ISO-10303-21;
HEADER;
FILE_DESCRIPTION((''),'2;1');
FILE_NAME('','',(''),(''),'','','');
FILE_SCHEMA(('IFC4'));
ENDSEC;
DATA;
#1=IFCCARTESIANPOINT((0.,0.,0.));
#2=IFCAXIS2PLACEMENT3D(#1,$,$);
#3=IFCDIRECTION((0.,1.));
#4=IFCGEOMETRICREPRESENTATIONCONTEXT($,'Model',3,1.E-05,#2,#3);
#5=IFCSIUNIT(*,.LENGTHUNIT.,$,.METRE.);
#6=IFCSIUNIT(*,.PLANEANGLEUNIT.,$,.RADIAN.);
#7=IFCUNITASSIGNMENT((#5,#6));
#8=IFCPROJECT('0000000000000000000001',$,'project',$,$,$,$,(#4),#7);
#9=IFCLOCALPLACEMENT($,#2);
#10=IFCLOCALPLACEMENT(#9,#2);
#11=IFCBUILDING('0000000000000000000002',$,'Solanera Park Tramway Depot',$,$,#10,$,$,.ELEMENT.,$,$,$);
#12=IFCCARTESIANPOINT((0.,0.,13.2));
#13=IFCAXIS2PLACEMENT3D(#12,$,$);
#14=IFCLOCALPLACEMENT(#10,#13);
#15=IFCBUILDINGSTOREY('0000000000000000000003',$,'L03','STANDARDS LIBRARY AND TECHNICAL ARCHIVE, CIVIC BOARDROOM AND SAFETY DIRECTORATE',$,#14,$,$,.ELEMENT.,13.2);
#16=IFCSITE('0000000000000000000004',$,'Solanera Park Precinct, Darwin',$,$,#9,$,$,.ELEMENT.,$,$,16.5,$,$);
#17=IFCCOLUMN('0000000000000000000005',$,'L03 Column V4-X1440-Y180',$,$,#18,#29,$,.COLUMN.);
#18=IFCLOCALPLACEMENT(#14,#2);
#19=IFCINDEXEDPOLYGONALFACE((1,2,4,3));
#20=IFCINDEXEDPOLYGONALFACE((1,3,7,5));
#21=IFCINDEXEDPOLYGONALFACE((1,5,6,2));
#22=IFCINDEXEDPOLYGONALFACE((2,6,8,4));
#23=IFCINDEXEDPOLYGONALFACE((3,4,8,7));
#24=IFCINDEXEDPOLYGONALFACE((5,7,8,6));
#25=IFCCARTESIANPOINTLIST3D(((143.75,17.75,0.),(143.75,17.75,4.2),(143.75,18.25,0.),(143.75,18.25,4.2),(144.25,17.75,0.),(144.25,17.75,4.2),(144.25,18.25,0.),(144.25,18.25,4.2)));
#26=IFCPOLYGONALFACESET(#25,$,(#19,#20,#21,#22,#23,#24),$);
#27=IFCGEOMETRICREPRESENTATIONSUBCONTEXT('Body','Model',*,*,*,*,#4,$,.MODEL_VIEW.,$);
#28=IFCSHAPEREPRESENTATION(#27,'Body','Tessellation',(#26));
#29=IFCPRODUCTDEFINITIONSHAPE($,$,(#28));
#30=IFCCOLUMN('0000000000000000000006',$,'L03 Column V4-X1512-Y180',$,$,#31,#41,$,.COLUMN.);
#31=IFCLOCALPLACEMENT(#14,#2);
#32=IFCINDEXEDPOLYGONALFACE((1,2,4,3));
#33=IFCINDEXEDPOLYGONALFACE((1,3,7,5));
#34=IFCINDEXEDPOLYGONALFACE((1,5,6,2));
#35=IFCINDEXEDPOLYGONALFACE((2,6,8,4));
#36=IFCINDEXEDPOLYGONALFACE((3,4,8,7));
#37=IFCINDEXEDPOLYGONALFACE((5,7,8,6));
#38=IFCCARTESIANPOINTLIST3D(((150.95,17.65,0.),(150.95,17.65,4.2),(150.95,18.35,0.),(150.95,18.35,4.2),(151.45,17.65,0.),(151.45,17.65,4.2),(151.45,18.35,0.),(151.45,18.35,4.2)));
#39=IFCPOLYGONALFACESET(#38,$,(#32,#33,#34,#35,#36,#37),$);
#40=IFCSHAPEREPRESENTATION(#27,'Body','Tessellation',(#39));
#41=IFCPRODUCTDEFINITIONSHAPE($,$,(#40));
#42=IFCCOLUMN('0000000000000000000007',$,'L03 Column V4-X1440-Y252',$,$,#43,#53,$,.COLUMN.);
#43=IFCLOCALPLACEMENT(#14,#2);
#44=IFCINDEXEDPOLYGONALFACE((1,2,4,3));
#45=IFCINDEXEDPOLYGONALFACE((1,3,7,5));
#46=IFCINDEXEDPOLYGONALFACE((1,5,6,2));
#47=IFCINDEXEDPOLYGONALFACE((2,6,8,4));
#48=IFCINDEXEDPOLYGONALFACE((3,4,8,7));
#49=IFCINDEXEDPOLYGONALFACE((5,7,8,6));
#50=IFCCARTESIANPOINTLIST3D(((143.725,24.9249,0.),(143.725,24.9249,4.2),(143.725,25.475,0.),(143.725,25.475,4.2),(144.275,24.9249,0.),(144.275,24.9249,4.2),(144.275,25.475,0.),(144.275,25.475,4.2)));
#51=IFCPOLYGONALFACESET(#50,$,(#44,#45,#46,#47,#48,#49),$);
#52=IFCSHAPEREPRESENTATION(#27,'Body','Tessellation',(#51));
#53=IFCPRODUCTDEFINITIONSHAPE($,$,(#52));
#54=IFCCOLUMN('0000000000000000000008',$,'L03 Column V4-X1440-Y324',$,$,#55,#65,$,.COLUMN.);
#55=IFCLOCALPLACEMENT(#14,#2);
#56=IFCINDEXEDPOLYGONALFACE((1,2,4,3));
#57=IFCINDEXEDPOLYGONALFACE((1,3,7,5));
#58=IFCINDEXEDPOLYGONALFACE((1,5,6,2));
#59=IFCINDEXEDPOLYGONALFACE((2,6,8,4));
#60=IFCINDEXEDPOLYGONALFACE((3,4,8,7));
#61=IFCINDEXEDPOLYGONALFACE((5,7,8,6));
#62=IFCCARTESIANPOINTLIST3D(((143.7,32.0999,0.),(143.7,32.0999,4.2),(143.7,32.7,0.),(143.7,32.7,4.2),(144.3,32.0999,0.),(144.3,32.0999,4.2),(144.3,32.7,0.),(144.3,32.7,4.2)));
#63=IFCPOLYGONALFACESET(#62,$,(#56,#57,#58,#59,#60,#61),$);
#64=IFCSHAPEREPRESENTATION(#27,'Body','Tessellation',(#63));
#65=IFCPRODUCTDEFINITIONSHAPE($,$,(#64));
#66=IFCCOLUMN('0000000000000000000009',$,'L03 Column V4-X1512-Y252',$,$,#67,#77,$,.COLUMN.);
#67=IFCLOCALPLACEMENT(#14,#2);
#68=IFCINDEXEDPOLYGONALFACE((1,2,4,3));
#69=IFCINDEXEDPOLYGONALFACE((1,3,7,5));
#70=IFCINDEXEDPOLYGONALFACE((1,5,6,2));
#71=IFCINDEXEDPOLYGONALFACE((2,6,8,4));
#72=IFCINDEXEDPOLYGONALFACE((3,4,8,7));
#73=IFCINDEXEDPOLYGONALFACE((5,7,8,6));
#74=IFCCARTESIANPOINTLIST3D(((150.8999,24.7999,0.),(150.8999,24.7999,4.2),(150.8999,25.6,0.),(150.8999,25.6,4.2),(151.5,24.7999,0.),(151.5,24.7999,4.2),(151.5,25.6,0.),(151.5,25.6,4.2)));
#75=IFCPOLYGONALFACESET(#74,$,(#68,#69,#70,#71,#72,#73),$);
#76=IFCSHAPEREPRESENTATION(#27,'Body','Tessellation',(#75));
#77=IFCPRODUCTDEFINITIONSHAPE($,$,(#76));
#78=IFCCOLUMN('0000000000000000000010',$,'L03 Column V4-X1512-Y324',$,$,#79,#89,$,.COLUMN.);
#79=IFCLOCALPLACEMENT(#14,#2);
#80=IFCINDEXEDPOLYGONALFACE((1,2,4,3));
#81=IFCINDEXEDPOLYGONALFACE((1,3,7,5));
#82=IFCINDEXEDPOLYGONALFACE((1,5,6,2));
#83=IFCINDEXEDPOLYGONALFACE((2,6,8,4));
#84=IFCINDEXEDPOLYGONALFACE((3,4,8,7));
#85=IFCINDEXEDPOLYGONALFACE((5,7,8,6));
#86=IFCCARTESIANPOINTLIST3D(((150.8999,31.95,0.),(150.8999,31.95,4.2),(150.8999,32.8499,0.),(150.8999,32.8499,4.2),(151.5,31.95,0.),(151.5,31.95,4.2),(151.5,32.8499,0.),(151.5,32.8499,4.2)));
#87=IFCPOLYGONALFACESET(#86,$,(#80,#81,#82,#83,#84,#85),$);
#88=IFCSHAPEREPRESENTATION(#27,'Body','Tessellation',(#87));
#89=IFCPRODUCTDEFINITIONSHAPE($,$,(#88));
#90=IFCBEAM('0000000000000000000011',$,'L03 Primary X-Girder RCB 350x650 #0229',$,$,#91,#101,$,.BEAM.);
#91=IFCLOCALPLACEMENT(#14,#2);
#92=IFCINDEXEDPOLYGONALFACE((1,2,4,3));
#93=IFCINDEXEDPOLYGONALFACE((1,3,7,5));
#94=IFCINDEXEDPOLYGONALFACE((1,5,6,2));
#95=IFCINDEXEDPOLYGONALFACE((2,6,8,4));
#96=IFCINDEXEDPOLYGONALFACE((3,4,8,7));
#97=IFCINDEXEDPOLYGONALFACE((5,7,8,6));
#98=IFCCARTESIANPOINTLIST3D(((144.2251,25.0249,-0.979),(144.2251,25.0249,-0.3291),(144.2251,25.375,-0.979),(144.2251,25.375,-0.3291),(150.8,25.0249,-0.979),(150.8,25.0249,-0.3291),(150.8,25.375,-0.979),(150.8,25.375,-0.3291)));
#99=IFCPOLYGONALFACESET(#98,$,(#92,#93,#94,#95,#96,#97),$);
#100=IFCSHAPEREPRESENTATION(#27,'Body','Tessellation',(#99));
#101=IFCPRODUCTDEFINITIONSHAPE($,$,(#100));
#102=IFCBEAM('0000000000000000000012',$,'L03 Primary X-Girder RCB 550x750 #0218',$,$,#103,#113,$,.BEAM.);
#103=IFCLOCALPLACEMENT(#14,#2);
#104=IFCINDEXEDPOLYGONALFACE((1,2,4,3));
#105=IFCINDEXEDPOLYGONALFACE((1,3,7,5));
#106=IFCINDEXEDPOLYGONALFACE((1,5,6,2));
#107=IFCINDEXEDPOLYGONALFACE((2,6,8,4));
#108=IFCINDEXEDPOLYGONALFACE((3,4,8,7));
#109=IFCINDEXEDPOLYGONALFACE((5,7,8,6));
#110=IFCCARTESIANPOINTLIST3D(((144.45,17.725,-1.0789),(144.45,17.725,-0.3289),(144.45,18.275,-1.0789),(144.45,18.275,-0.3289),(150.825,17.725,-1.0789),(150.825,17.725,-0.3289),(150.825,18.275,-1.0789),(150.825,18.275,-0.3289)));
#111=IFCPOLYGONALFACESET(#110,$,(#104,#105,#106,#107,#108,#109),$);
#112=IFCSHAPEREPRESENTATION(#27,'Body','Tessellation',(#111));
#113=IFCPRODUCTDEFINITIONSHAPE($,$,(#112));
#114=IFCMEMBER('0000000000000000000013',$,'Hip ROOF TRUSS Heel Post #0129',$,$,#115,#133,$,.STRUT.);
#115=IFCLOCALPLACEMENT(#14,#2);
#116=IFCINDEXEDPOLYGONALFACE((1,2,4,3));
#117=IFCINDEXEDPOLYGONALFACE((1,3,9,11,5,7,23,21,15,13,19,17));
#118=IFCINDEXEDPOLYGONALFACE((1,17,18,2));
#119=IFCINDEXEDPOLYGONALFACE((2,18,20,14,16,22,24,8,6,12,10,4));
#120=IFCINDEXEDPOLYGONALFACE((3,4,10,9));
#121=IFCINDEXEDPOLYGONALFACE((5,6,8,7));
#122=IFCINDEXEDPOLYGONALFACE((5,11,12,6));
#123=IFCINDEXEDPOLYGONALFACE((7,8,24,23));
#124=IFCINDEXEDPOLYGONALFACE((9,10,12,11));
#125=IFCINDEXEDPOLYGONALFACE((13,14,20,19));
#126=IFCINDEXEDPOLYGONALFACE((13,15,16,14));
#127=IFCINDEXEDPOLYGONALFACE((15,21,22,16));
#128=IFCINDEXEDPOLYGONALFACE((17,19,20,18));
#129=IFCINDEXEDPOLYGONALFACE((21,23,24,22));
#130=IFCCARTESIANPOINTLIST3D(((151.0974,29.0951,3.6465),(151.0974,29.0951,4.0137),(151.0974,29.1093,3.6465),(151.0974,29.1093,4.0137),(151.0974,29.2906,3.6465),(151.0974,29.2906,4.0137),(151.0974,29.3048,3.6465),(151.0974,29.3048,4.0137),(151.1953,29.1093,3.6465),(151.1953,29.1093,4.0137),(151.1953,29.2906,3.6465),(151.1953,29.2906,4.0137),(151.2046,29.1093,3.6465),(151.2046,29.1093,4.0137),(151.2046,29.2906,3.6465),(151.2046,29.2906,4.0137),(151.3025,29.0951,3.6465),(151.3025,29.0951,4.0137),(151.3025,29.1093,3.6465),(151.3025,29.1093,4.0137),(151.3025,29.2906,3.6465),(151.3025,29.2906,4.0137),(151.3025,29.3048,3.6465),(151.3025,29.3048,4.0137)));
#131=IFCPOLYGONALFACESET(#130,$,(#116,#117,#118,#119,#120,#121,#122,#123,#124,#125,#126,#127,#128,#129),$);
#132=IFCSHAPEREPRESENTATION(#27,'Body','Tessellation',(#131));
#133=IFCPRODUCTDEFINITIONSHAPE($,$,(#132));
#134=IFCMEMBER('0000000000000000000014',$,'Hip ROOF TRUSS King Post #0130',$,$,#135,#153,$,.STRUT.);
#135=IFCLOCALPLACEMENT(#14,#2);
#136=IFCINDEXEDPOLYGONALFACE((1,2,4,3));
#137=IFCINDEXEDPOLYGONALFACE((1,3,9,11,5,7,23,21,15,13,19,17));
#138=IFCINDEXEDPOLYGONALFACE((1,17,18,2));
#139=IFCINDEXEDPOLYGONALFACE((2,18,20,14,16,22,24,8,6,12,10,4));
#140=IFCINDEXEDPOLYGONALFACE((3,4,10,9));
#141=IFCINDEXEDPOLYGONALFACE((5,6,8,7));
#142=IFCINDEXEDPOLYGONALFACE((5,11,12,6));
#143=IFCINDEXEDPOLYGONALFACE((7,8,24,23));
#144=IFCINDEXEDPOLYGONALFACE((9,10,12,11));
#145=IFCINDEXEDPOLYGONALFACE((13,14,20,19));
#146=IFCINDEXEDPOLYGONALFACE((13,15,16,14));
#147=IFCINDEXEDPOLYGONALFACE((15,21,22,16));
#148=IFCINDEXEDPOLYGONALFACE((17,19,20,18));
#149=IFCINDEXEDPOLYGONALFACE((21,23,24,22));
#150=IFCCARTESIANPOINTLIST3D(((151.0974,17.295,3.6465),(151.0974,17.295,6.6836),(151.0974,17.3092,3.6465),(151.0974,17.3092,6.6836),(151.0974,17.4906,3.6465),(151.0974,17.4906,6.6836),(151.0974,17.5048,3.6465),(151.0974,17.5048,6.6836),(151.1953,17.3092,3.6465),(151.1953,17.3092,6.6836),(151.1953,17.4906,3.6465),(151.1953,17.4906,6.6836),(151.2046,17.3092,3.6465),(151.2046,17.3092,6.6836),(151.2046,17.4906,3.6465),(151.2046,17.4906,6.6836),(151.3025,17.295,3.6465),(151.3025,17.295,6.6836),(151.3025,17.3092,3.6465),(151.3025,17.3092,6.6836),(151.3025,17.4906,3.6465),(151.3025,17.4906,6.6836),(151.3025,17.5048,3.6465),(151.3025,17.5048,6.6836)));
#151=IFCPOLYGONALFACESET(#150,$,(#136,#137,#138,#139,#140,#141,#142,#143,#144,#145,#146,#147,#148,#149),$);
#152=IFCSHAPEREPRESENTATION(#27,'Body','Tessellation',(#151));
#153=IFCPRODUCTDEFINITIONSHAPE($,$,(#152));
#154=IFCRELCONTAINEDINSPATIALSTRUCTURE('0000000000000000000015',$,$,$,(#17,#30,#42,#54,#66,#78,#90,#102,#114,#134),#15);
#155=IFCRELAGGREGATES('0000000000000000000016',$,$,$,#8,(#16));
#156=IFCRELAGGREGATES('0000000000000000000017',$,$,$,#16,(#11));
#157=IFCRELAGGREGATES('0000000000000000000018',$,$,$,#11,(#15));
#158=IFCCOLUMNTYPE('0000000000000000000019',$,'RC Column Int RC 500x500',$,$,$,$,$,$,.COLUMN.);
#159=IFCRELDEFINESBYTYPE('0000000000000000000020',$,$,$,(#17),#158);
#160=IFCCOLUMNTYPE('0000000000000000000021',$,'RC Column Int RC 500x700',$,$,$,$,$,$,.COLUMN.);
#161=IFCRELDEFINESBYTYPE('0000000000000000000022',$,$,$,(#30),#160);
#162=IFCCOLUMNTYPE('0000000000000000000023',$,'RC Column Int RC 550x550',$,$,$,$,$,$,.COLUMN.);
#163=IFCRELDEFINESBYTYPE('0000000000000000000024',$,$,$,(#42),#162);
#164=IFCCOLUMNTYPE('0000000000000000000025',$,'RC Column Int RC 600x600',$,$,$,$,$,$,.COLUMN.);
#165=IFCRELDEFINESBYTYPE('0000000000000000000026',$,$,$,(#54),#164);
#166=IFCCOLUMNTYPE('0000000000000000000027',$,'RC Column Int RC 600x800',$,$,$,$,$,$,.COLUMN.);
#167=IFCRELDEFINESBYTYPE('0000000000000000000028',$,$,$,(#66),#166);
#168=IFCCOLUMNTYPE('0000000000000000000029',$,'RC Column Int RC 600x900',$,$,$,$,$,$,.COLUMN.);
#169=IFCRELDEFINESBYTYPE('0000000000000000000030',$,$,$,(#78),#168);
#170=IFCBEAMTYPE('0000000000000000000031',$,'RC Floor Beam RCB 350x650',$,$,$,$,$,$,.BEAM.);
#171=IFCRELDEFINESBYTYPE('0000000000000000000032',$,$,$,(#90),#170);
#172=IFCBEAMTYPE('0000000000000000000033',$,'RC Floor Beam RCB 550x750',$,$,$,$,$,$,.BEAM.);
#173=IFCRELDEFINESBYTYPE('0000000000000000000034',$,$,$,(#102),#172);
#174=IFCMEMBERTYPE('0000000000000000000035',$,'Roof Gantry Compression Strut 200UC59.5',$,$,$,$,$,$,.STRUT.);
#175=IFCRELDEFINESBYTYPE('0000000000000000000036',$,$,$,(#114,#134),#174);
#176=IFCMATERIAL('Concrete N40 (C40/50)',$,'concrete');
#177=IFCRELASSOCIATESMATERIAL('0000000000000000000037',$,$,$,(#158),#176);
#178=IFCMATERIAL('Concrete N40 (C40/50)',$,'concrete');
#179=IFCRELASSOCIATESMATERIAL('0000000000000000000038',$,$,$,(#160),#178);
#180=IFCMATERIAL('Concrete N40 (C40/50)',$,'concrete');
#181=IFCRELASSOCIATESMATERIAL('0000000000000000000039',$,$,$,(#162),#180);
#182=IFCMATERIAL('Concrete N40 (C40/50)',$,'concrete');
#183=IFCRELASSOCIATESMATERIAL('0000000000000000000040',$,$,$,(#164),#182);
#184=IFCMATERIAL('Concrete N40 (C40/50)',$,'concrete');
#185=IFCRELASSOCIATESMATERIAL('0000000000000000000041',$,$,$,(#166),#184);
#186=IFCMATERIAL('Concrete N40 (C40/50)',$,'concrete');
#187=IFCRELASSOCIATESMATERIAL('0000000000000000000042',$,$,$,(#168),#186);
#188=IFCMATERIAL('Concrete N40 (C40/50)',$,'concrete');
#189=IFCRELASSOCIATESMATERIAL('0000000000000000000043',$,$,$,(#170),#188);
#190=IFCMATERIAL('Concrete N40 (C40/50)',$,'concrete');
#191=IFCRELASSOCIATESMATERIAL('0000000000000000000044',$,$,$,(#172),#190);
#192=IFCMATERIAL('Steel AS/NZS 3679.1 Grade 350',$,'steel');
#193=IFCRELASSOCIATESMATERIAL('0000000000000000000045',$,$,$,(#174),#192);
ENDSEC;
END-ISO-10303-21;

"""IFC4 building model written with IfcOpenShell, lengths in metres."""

from ifc_helpers import new_model, si_unit, direction, frame, origin, origin_2d, place, context, subcontext, project, spatial, rectangle, i_section, extrude, material, material_profile, profile_set, type_object, element, save


model = new_model("IFC4")

# Units and contexts
model_context = context("Model", 3, precision=1e-05, world=origin(), true_north=direction((0.0, 1.0)))
body_context = subcontext(model_context, "Body", "Model", "MODEL_VIEW")
ifc_project = project(units=[si_unit("LENGTHUNIT", "METRE"), si_unit("PLANEANGLEUNIT", "RADIAN")], contexts=[model_context])

# Site, building, storey
site_placement = place(None, origin())
site = spatial("IfcSite", under=ifc_project, at=site_placement, Name="Solanera Park Precinct, Darwin", CompositionType="ELEMENT", RefElevation=16.5)
building_placement = place(site_placement, origin())
building = spatial("IfcBuilding", under=site, at=building_placement, Name="Solanera Park Tramway Depot", CompositionType="ELEMENT")
storey_placement = place(building_placement, frame((0.0, 0.0, 13.2)))
storey = spatial("IfcBuildingStorey", under=building, at=storey_placement, Name="L03", Description="STANDARDS LIBRARY AND TECHNICAL ARCHIVE, CIVIC BOARDROOM AND SAFETY DIRECTORATE", CompositionType="ELEMENT", Elevation=13.2)

# Columns
ifc_material_1 = material(Name="Concrete N40 (C40/50)", Category="concrete")
ifc_material_profile_1 = material_profile(ifc_material_1, rectangle(XDim=0.5, YDim=0.5, at=origin_2d()), Name="RC 500x500")
ifc_profile_set_1 = profile_set([ifc_material_profile_1], Name="Concrete N40 (C40/50)")
column_type_1 = type_object("IfcColumnType", Name="RC Column Int RC 500x500", PredefinedType="COLUMN", material=ifc_profile_set_1)
column_1_placement = place(storey_placement, frame((144.0, 18.0, 0.0), z_axis=(0.0, 0.0, 1.0), x_axis=(1.0, 0.0, 0.0)))
element("IfcColumn", 1, at=column_1_placement, inside=storey, type_object=column_type_1, Name="L03 Column V4-X1440-Y180", PredefinedType="COLUMN", context=body_context, shape_type="SweptSolid", body=[
    extrude(rectangle(XDim=0.5, YDim=0.5, at=origin_2d()), origin(), (0.0, 0.0, 1.0), 4.2),
])
ifc_material_2 = material(Name="Concrete N40 (C40/50)", Category="concrete")
ifc_material_profile_2 = material_profile(ifc_material_2, rectangle(XDim=0.5, YDim=0.7, at=origin_2d()), Name="RC 500x700")
ifc_profile_set_2 = profile_set([ifc_material_profile_2], Name="Concrete N40 (C40/50)")
column_type_2 = type_object("IfcColumnType", Name="RC Column Int RC 500x700", PredefinedType="COLUMN", material=ifc_profile_set_2)
column_2_placement = place(storey_placement, frame((151.2, 18.0, 0.0), z_axis=(0.0, 0.0, 1.0), x_axis=(1.0, 0.0, 0.0)))
element("IfcColumn", 2, at=column_2_placement, inside=storey, type_object=column_type_2, Name="L03 Column V4-X1512-Y180", PredefinedType="COLUMN", context=body_context, shape_type="SweptSolid", body=[
    extrude(rectangle(XDim=0.5, YDim=0.7, at=origin_2d()), origin(), (0.0, 0.0, 1.0), 4.2),
])
ifc_material_3 = material(Name="Concrete N40 (C40/50)", Category="concrete")
ifc_material_profile_3 = material_profile(ifc_material_3, rectangle(XDim=0.55, YDim=0.55, at=origin_2d()), Name="RC 550x550")
ifc_profile_set_3 = profile_set([ifc_material_profile_3], Name="Concrete N40 (C40/50)")
column_type_3 = type_object("IfcColumnType", Name="RC Column Int RC 550x550", PredefinedType="COLUMN", material=ifc_profile_set_3)
column_3_placement = place(storey_placement, frame((144.0, 25.2, 0.0), z_axis=(0.0, 0.0, 1.0), x_axis=(1.0, 0.0, 0.0)))
element("IfcColumn", 3, at=column_3_placement, inside=storey, type_object=column_type_3, Name="L03 Column V4-X1440-Y252", PredefinedType="COLUMN", context=body_context, shape_type="SweptSolid", body=[
    extrude(rectangle(XDim=0.55, YDim=0.55, at=origin_2d()), origin(), (0.0, 0.0, 1.0), 4.2),
])
ifc_material_4 = material(Name="Concrete N40 (C40/50)", Category="concrete")
ifc_material_profile_4 = material_profile(ifc_material_4, rectangle(XDim=0.6001, YDim=0.6001, at=origin_2d()), Name="RC 600x600")
ifc_profile_set_4 = profile_set([ifc_material_profile_4], Name="Concrete N40 (C40/50)")
column_type_4 = type_object("IfcColumnType", Name="RC Column Int RC 600x600", PredefinedType="COLUMN", material=ifc_profile_set_4)
column_4_placement = place(storey_placement, frame((144.0, 32.3999, 0.0), z_axis=(0.0, 0.0, 1.0), x_axis=(1.0, 0.0, 0.0)))
element("IfcColumn", 4, at=column_4_placement, inside=storey, type_object=column_type_4, Name="L03 Column V4-X1440-Y324", PredefinedType="COLUMN", context=body_context, shape_type="SweptSolid", body=[
    extrude(rectangle(XDim=0.6001, YDim=0.6001, at=origin_2d()), origin(), (0.0, 0.0, 1.0), 4.2),
])
ifc_material_5 = material(Name="Concrete N40 (C40/50)", Category="concrete")
ifc_material_profile_5 = material_profile(ifc_material_5, rectangle(XDim=0.6001, YDim=0.8, at=origin_2d()), Name="RC 600x800")
ifc_profile_set_5 = profile_set([ifc_material_profile_5], Name="Concrete N40 (C40/50)")
column_type_5 = type_object("IfcColumnType", Name="RC Column Int RC 600x800", PredefinedType="COLUMN", material=ifc_profile_set_5)
column_5_placement = place(storey_placement, frame((151.2, 25.2, 0.0), z_axis=(0.0, 0.0, 1.0), x_axis=(1.0, 0.0, 0.0)))
element("IfcColumn", 5, at=column_5_placement, inside=storey, type_object=column_type_5, Name="L03 Column V4-X1512-Y252", PredefinedType="COLUMN", context=body_context, shape_type="SweptSolid", body=[
    extrude(rectangle(XDim=0.6001, YDim=0.8, at=origin_2d()), origin(), (0.0, 0.0, 1.0), 4.2),
])
ifc_material_6 = material(Name="Concrete N40 (C40/50)", Category="concrete")
ifc_material_profile_6 = material_profile(ifc_material_6, rectangle(XDim=0.6001, YDim=0.8999, at=origin_2d()), Name="RC 600x900")
ifc_profile_set_6 = profile_set([ifc_material_profile_6], Name="Concrete N40 (C40/50)")
column_type_6 = type_object("IfcColumnType", Name="RC Column Int RC 600x900", PredefinedType="COLUMN", material=ifc_profile_set_6)
column_6_placement = place(storey_placement, frame((151.2, 32.3999, 0.0), z_axis=(0.0, 0.0, 1.0), x_axis=(1.0, 0.0, 0.0)))
element("IfcColumn", 6, at=column_6_placement, inside=storey, type_object=column_type_6, Name="L03 Column V4-X1512-Y324", PredefinedType="COLUMN", context=body_context, shape_type="SweptSolid", body=[
    extrude(rectangle(XDim=0.6001, YDim=0.8999, at=origin_2d()), origin(), (0.0, 0.0, 1.0), 4.2),
])

# Beams
ifc_material_7 = material(Name="Concrete N40 (C40/50)", Category="concrete")
ifc_material_profile_7 = material_profile(ifc_material_7, rectangle(XDim=0.3501, YDim=0.6499, at=origin_2d()), Name="RCB 350x650")
ifc_profile_set_7 = profile_set([ifc_material_profile_7], Name="Concrete N40 (C40/50)")
beam_type_1 = type_object("IfcBeamType", Name="RC Floor Beam RCB 350x650", PredefinedType="BEAM", material=ifc_profile_set_7)
beam_1_placement = place(storey_placement, frame((144.2251, 25.2, -0.6541), z_axis=(1.0, 0.0, 0.0), x_axis=(0.0, 1.0, 0.0)))
element("IfcBeam", 7, at=beam_1_placement, inside=storey, type_object=beam_type_1, Name="L03 Primary X-Girder RCB 350x650 #0229", PredefinedType="BEAM", context=body_context, shape_type="SweptSolid", body=[
    extrude(rectangle(XDim=0.3501, YDim=0.6499, at=origin_2d()), origin(), (0.0, 0.0, 1.0), 6.575),
])
ifc_material_8 = material(Name="Concrete N40 (C40/50)", Category="concrete")
ifc_material_profile_8 = material_profile(ifc_material_8, rectangle(XDim=0.55, YDim=0.75, at=origin_2d()), Name="RCB 550x750")
ifc_profile_set_8 = profile_set([ifc_material_profile_8], Name="Concrete N40 (C40/50)")
beam_type_2 = type_object("IfcBeamType", Name="RC Floor Beam RCB 550x750", PredefinedType="BEAM", material=ifc_profile_set_8)
beam_2_placement = place(storey_placement, frame((144.45, 18.0, -0.7039), z_axis=(1.0, 0.0, 0.0), x_axis=(0.0, 1.0, 0.0)))
element("IfcBeam", 8, at=beam_2_placement, inside=storey, type_object=beam_type_2, Name="L03 Primary X-Girder RCB 550x750 #0218", PredefinedType="BEAM", context=body_context, shape_type="SweptSolid", body=[
    extrude(rectangle(XDim=0.55, YDim=0.75, at=origin_2d()), origin(), (0.0, 0.0, 1.0), 6.375),
])

# Members
ifc_material_9 = material(Name="Steel AS/NZS 3679.1 Grade 350", Category="steel")
ifc_material_profile_9 = material_profile(ifc_material_9, i_section(OverallWidth=0.2051, OverallDepth=0.2097, WebThickness=0.0093, FlangeThickness=0.0142, at=origin_2d()), Name="200UC59.5")
ifc_profile_set_9 = profile_set([ifc_material_profile_9], Name="Steel AS/NZS 3679.1 Grade 350")
member_type = type_object("IfcMemberType", Name="Roof Gantry Compression Strut 200UC59.5", PredefinedType="STRUT", material=ifc_profile_set_9)
member_1_placement = place(storey_placement, frame((151.2, 29.2, 3.6465), z_axis=(0.0, 0.0, 1.0), x_axis=(1.0, 0.0, 0.0)))
element("IfcMember", 9, at=member_1_placement, inside=storey, type_object=member_type, Name="Hip ROOF TRUSS Heel Post #0129", PredefinedType="STRUT", context=body_context, shape_type="SweptSolid", body=[
    extrude(i_section(OverallWidth=0.2051, OverallDepth=0.2097, WebThickness=0.0093, FlangeThickness=0.0142, at=origin_2d()), origin(), (0.0, 0.0, 1.0), 0.3672),
])
member_2_placement = place(storey_placement, frame((151.2, 17.3999, 3.6465), z_axis=(0.0, 0.0, 1.0), x_axis=(1.0, 0.0, 0.0)))
element("IfcMember", 10, at=member_2_placement, inside=storey, type_object=member_type, Name="Hip ROOF TRUSS King Post #0130", PredefinedType="STRUT", context=body_context, shape_type="SweptSolid", body=[
    extrude(i_section(OverallWidth=0.2051, OverallDepth=0.2097, WebThickness=0.0093, FlangeThickness=0.0142, at=origin_2d()), origin(), (0.0, 0.0, 1.0), 3.0371),
])

save(model, "model.ifc")
